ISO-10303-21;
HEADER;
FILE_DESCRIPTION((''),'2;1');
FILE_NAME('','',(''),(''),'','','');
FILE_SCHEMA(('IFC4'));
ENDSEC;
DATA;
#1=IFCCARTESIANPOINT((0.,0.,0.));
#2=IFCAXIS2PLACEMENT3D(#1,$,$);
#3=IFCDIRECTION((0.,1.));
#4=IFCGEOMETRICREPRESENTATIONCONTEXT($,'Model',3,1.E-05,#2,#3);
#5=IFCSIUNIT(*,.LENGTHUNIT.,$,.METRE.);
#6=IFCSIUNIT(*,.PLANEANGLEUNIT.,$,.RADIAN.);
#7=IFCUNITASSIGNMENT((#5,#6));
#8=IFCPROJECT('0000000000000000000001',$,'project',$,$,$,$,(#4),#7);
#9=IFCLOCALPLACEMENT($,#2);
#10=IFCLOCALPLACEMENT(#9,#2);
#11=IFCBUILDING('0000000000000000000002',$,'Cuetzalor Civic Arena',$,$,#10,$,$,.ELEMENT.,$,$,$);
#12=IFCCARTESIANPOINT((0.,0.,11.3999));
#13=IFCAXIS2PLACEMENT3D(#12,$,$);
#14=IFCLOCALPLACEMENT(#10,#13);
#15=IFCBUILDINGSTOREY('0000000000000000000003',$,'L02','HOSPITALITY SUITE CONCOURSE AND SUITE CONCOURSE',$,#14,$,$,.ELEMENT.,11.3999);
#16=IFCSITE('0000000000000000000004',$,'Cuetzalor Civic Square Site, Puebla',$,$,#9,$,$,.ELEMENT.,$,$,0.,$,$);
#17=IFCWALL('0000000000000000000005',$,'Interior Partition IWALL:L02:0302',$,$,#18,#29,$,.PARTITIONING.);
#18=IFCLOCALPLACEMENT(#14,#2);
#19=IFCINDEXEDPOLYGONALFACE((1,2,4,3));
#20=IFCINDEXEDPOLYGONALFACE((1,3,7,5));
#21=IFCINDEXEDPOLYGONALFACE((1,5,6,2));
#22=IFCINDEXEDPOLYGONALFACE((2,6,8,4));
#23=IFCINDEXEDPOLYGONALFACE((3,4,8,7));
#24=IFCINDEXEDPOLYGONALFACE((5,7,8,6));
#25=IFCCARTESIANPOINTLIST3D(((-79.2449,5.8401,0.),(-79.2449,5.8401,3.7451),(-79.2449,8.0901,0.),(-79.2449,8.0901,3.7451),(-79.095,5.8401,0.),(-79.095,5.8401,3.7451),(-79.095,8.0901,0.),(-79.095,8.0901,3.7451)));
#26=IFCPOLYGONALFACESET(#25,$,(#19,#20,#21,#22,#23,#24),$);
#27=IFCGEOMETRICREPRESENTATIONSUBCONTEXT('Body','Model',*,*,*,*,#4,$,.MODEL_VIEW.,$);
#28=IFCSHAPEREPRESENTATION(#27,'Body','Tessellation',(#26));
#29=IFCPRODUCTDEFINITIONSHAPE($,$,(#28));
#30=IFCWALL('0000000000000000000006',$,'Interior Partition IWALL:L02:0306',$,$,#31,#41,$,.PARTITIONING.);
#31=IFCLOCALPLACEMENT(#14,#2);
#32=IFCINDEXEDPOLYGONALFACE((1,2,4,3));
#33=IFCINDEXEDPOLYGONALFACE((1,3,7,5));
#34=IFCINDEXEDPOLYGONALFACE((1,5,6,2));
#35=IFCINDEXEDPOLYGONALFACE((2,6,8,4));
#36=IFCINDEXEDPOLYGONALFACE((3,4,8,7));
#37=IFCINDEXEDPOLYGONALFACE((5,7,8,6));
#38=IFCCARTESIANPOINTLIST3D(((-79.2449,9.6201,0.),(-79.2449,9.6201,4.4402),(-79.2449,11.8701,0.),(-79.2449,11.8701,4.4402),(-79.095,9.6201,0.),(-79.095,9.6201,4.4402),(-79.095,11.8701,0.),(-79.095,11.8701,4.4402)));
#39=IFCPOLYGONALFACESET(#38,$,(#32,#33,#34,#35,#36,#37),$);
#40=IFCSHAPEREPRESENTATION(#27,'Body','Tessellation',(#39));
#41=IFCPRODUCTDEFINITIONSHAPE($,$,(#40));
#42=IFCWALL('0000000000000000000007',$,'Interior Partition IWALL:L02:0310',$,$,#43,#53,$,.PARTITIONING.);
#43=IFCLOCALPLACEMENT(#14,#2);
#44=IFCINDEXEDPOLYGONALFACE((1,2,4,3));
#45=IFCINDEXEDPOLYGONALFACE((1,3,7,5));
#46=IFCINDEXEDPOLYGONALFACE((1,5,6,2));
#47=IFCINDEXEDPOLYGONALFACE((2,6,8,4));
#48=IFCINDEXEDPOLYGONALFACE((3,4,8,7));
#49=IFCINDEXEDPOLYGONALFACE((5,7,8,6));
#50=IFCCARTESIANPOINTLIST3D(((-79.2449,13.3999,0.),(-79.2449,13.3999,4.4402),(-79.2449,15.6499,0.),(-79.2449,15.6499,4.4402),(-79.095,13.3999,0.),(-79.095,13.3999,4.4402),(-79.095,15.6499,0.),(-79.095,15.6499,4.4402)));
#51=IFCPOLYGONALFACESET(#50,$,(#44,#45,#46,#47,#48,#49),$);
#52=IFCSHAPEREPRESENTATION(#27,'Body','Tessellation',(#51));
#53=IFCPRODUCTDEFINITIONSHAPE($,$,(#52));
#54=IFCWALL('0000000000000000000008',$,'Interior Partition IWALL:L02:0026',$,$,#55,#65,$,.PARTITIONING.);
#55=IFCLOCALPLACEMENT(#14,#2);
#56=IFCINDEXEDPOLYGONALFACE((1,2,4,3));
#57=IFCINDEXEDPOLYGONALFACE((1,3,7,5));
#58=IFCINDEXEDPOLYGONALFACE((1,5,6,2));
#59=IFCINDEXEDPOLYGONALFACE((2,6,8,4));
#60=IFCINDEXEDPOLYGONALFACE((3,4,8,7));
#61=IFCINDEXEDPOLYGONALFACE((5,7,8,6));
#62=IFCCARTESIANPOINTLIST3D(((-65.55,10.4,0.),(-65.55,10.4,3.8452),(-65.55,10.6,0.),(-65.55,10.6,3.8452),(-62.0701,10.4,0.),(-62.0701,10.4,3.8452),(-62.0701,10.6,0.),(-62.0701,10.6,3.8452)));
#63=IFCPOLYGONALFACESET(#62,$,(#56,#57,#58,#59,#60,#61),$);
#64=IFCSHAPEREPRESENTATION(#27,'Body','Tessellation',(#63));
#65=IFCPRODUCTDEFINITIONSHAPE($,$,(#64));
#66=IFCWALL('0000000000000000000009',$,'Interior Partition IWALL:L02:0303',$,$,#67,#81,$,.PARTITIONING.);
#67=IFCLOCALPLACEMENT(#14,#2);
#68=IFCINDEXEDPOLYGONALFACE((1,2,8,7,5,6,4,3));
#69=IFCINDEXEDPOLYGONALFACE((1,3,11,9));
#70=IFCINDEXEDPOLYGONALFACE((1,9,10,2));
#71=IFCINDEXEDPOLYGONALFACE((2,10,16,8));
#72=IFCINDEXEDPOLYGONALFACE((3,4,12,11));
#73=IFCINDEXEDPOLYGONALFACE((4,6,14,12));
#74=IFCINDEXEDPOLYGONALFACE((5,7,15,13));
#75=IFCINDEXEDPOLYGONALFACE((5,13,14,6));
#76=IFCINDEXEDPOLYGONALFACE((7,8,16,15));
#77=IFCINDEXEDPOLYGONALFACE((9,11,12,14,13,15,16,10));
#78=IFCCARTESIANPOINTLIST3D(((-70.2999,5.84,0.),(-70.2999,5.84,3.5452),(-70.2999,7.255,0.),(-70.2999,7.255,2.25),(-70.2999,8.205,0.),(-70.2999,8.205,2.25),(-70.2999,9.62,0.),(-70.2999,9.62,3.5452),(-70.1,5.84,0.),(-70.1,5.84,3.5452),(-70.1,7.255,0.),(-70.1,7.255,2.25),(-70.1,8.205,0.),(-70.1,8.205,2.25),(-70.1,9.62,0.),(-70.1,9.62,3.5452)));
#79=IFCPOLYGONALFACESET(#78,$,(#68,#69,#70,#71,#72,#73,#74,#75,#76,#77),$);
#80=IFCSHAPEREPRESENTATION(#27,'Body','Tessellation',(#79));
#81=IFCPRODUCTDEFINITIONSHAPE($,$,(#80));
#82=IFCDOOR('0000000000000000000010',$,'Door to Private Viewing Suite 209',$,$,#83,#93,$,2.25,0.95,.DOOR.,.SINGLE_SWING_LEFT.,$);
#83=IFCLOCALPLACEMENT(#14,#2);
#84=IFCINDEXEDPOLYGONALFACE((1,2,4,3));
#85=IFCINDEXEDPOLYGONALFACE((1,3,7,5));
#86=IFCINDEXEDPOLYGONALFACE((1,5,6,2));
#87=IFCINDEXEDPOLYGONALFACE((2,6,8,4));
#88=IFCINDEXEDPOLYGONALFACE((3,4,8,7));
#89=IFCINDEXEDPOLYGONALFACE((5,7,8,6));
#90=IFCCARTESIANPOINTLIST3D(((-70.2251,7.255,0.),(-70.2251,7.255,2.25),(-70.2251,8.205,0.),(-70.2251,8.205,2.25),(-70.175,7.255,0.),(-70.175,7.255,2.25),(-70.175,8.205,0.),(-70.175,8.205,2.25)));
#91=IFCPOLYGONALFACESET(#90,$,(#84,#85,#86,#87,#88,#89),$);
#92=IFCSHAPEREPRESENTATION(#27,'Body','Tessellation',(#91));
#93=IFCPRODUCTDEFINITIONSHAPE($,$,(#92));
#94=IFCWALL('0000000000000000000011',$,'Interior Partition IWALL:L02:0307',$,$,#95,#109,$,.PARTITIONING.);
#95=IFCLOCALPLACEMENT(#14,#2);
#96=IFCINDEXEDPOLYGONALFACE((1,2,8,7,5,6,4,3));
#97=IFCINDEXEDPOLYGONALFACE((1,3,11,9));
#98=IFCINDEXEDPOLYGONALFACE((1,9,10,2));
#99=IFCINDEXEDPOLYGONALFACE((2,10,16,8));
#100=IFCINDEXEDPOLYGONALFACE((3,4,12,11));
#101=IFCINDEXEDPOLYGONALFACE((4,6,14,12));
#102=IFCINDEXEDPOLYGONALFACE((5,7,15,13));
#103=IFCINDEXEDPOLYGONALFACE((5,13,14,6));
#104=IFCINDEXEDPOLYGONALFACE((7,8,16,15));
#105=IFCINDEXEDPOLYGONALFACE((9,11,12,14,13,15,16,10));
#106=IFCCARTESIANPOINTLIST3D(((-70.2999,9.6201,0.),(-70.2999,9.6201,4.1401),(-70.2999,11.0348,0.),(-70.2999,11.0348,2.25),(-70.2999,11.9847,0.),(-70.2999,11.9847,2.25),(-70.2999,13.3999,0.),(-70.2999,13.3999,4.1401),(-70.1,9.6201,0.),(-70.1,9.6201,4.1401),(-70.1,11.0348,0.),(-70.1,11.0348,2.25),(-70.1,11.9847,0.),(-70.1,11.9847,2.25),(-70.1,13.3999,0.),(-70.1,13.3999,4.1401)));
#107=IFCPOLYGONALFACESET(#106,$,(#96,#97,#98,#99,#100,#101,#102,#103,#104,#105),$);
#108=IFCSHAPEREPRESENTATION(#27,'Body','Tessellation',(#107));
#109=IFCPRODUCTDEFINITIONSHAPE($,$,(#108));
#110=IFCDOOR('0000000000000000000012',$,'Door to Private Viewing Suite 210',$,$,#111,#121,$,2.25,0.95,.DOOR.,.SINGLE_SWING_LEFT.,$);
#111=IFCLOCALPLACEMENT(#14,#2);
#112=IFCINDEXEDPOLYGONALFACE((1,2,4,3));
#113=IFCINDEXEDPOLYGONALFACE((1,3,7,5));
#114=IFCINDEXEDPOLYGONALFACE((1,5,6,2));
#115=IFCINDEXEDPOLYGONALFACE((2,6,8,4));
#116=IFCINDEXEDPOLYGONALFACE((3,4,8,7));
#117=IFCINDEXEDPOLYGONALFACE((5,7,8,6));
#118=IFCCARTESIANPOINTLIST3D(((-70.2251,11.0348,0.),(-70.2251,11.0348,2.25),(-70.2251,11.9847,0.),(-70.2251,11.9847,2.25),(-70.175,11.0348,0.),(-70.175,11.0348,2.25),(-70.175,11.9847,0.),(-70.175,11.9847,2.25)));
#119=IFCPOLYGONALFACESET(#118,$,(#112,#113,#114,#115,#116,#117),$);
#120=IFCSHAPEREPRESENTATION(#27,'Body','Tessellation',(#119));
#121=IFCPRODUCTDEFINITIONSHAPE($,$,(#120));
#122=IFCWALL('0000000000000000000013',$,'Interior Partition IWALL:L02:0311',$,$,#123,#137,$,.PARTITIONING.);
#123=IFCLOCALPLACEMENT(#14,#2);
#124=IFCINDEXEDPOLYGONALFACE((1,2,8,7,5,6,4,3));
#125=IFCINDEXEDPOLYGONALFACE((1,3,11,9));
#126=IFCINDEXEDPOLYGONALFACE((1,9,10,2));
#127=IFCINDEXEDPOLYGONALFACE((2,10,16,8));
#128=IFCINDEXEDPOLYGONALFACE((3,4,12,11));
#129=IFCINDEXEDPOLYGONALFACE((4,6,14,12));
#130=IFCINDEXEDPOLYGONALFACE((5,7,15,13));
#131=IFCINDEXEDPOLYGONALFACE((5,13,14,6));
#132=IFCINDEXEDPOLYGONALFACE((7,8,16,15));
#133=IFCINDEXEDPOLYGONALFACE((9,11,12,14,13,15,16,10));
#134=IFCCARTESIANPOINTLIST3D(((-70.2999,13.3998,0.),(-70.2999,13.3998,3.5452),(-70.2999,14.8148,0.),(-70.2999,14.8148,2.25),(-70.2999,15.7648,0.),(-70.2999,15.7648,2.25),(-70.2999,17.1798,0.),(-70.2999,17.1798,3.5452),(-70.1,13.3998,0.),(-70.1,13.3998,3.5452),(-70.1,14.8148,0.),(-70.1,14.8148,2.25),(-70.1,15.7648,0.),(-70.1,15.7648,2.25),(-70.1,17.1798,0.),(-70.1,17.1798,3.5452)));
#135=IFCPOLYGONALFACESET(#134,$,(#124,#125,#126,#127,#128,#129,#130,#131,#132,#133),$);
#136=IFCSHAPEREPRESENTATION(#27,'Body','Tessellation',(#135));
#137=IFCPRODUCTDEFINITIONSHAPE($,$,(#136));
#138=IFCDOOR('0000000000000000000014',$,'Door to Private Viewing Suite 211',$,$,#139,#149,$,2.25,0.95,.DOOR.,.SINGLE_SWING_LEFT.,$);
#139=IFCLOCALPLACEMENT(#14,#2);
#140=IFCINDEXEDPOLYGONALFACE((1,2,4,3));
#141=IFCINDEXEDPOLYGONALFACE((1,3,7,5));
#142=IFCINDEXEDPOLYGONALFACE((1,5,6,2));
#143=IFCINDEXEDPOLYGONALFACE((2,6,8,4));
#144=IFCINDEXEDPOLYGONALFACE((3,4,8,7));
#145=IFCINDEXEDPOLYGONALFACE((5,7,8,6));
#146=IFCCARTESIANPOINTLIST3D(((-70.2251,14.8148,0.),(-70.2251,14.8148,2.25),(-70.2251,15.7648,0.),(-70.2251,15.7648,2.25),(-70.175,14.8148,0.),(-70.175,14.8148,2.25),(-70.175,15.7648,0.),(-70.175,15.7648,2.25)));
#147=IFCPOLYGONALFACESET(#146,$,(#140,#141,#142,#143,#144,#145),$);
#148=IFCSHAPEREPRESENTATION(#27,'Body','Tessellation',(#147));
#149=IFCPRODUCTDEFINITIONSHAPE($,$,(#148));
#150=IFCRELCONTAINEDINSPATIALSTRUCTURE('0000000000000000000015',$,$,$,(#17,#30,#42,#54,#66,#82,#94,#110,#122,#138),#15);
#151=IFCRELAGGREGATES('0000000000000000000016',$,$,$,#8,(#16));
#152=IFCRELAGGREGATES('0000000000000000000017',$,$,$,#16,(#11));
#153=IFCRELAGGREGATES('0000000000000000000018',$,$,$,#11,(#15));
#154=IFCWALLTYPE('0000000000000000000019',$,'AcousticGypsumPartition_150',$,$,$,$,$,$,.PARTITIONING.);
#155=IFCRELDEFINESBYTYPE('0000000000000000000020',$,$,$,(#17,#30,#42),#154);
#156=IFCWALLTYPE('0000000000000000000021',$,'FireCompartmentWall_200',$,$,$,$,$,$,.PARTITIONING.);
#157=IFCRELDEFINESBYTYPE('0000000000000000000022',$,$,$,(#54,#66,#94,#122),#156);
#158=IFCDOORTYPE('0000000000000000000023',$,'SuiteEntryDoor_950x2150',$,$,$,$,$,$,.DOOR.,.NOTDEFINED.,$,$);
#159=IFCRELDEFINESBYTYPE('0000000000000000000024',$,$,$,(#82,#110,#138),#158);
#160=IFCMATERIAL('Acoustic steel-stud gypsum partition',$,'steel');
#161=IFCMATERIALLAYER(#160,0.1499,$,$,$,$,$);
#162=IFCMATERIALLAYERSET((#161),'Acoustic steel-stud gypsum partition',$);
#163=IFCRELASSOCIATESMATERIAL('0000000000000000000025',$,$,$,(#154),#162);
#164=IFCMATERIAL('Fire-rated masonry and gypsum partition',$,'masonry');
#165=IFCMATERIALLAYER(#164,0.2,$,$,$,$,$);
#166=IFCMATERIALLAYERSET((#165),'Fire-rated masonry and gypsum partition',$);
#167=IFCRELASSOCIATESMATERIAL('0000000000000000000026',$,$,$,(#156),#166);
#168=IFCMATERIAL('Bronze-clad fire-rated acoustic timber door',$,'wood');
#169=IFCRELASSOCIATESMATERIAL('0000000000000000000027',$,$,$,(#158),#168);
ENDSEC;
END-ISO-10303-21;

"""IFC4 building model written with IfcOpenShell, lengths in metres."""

from ifc_helpers import new_model, si_unit, direction, frame, frame_2d, origin, place, context, subcontext, project, spatial, rectangle, extrude, material, layer, layer_set, type_object, element, fill, save


model = new_model("IFC4")

# Units and contexts
model_context = context("Model", 3, precision=1e-05, world=origin(), true_north=direction((0.0, 1.0)))
body_context = subcontext(model_context, "Body", "Model", "MODEL_VIEW")
ifc_project = project(units=[si_unit("LENGTHUNIT", "METRE"), si_unit("PLANEANGLEUNIT", "RADIAN")], contexts=[model_context])

# Site, building, storey
site_placement = place(None, origin())
site = spatial("IfcSite", under=ifc_project, at=site_placement, Name="Cuetzalor Civic Square Site, Puebla", CompositionType="ELEMENT", RefElevation=0.0)
building_placement = place(site_placement, origin())
building = spatial("IfcBuilding", under=site, at=building_placement, Name="Cuetzalor Civic Arena", CompositionType="ELEMENT")
storey_placement = place(building_placement, frame((0.0, 0.0, 11.3999)))
storey = spatial("IfcBuildingStorey", under=building, at=storey_placement, Name="L02", Description="HOSPITALITY SUITE CONCOURSE AND SUITE CONCOURSE", CompositionType="ELEMENT", Elevation=11.3999)

# Walls
ifc_material_1 = material(Name="Acoustic steel-stud gypsum partition", Category="steel")
ifc_layer_1 = layer(ifc_material_1, 0.1499)
ifc_layer_set_1 = layer_set([ifc_layer_1], Name="Acoustic steel-stud gypsum partition")
wall_type_1 = type_object("IfcWallType", Name="AcousticGypsumPartition_150", PredefinedType="PARTITIONING", material=ifc_layer_set_1)
wall_1_placement = place(storey_placement, frame((-79.1699, 8.0901, 0.0), z_axis=(0.0, 0.0, 1.0), x_axis=(0.0, -1.0, 0.0)))
element("IfcWall", 1, at=wall_1_placement, inside=storey, type_object=wall_type_1, Name="Interior Partition IWALL:L02:0302", PredefinedType="PARTITIONING", context=body_context, shape_type="SweptSolid", body=[
    extrude(rectangle(XDim=2.25, YDim=0.1499, at=frame_2d((1.125, 0.0))), origin(), (0.0, 0.0, 1.0), 3.7451),
])
for number, where, z_axis, x_axis, name in (
    (2, (-79.1699, 11.8701, 0.0), (0.0, 0.0, 1.0), (0.0, -1.0, 0.0), "Interior Partition IWALL:L02:0306"),
    (3, (-79.1699, 15.6499, 0.0), (0.0, 0.0, 1.0), (0.0, -1.0, 0.0), "Interior Partition IWALL:L02:0310"),
):
    element("IfcWall", number, at=place(storey_placement, frame(where, z_axis=z_axis, x_axis=x_axis)), inside=storey, type_object=wall_type_1, Name=name, PredefinedType="PARTITIONING", context=body_context, shape_type="SweptSolid", body=[
        extrude(rectangle(XDim=2.25, YDim=0.1499, at=frame_2d((1.125, 0.0))), origin(), (0.0, 0.0, 1.0), 4.4402),
    ])
ifc_material_2 = material(Name="Fire-rated masonry and gypsum partition", Category="masonry")
ifc_layer_2 = layer(ifc_material_2, 0.2)
ifc_layer_set_2 = layer_set([ifc_layer_2], Name="Fire-rated masonry and gypsum partition")
wall_type_2 = type_object("IfcWallType", Name="FireCompartmentWall_200", PredefinedType="PARTITIONING", material=ifc_layer_set_2)
wall_2_placement = place(storey_placement, frame((-65.55, 10.5, 0.0), z_axis=(0.0, 0.0, 1.0), x_axis=(1.0, 0.0, 0.0)))
element("IfcWall", 4, at=wall_2_placement, inside=storey, type_object=wall_type_2, Name="Interior Partition IWALL:L02:0026", PredefinedType="PARTITIONING", context=body_context, shape_type="SweptSolid", body=[
    extrude(rectangle(XDim=3.48, YDim=0.2, at=frame_2d((1.74, 0.0))), origin(), (0.0, 0.0, 1.0), 3.8452),
])

# Walls, openings, doors
wall_3_placement = place(storey_placement, frame((-70.2, 9.6201, 0.0), z_axis=(0.0, 0.0, 1.0), x_axis=(0.0, -1.0, 0.0)))
wall_3 = element("IfcWall", 5, at=wall_3_placement, inside=storey, type_object=wall_type_2, Name="Interior Partition IWALL:L02:0303", PredefinedType="PARTITIONING", context=body_context, shape_type="SweptSolid", body=[
    extrude(rectangle(XDim=3.78, YDim=0.2, at=frame_2d((1.8901, 0.0))), origin(), (0.0, 0.0, 1.0), 3.5452),
])
opening_1_placement = place(wall_3_placement, frame((1.415, 0.0, 0.0)))
opening_1 = element("IfcOpeningElement", 6, at=opening_1_placement, cuts=wall_3, PredefinedType="OPENING", context=body_context, shape_type="SweptSolid", body=[
    extrude(rectangle(XDim=0.95, YDim=2.25, at=frame_2d((0.4751, 1.125))), frame((0.0, 0.1099, 0.0), z_axis=(0.0, -1.0, 0.0), x_axis=(1.0, 0.0, 0.0)), (0.0, 0.0, 1.0), 0.22),
])
ifc_material_3 = material(Name="Bronze-clad fire-rated acoustic timber door", Category="wood")
door_type = type_object("IfcDoorType", Name="SuiteEntryDoor_950x2150", OperationType="NOTDEFINED", PredefinedType="DOOR", material=ifc_material_3)
door_1_placement = place(opening_1_placement, origin())
door_1 = element("IfcDoor", 7, at=door_1_placement, inside=storey, type_object=door_type, Name="Door to Private Viewing Suite 209", OperationType="SINGLE_SWING_LEFT", OverallHeight=2.25, OverallWidth=0.95, PredefinedType="DOOR", context=body_context, shape_type="SweptSolid", body=[
    extrude(rectangle(XDim=0.95, YDim=2.25, at=frame_2d((0.4751, 1.125))), frame((0.0, 0.0249, 0.0), z_axis=(0.0, -1.0, 0.0), x_axis=(1.0, 0.0, 0.0)), (0.0, 0.0, 1.0), 0.05),
])
fill(opening_1, door_1)
wall_4_placement = place(storey_placement, frame((-70.2, 13.3999, 0.0), z_axis=(0.0, 0.0, 1.0), x_axis=(0.0, -1.0, 0.0)))
wall_4 = element("IfcWall", 8, at=wall_4_placement, inside=storey, type_object=wall_type_2, Name="Interior Partition IWALL:L02:0307", PredefinedType="PARTITIONING", context=body_context, shape_type="SweptSolid", body=[
    extrude(rectangle(XDim=3.7798, YDim=0.2, at=frame_2d((1.8899, 0.0))), origin(), (0.0, 0.0, 1.0), 4.1401),
])
opening_2_placement = place(wall_4_placement, frame((1.415, 0.0, 0.0)))
opening_2 = element("IfcOpeningElement", 9, at=opening_2_placement, cuts=wall_4, PredefinedType="OPENING", context=body_context, shape_type="SweptSolid", body=[
    extrude(rectangle(XDim=0.95, YDim=2.25, at=frame_2d((0.4751, 1.125))), frame((0.0, 0.1099, 0.0), z_axis=(0.0, -1.0, 0.0), x_axis=(1.0, 0.0, 0.0)), (0.0, 0.0, 1.0), 0.22),
])
door_2_placement = place(opening_2_placement, origin())
door_2 = element("IfcDoor", 10, at=door_2_placement, inside=storey, type_object=door_type, Name="Door to Private Viewing Suite 210", OperationType="SINGLE_SWING_LEFT", OverallHeight=2.25, OverallWidth=0.95, PredefinedType="DOOR", context=body_context, shape_type="SweptSolid", body=[
    extrude(rectangle(XDim=0.95, YDim=2.25, at=frame_2d((0.4751, 1.125))), frame((0.0, 0.0249, 0.0), z_axis=(0.0, -1.0, 0.0), x_axis=(1.0, 0.0, 0.0)), (0.0, 0.0, 1.0), 0.05),
])
fill(opening_2, door_2)
wall_5_placement = place(storey_placement, frame((-70.2, 17.1799, 0.0), z_axis=(0.0, 0.0, 1.0), x_axis=(0.0, -1.0, 0.0)))
wall_5 = element("IfcWall", 11, at=wall_5_placement, inside=storey, type_object=wall_type_2, Name="Interior Partition IWALL:L02:0311", PredefinedType="PARTITIONING", context=body_context, shape_type="SweptSolid", body=[
    extrude(rectangle(XDim=3.78, YDim=0.2, at=frame_2d((1.8901, 0.0))), origin(), (0.0, 0.0, 1.0), 3.5452),
])
opening_3_placement = place(wall_5_placement, frame((1.415, 0.0, 0.0)))
opening_3 = element("IfcOpeningElement", 12, at=opening_3_placement, cuts=wall_5, PredefinedType="OPENING", context=body_context, shape_type="SweptSolid", body=[
    extrude(rectangle(XDim=0.95, YDim=2.25, at=frame_2d((0.4751, 1.125))), frame((0.0, 0.1099, 0.0), z_axis=(0.0, -1.0, 0.0), x_axis=(1.0, 0.0, 0.0)), (0.0, 0.0, 1.0), 0.22),
])
door_3_placement = place(opening_3_placement, origin())
door_3 = element("IfcDoor", 13, at=door_3_placement, inside=storey, type_object=door_type, Name="Door to Private Viewing Suite 211", OperationType="SINGLE_SWING_LEFT", OverallHeight=2.25, OverallWidth=0.95, PredefinedType="DOOR", context=body_context, shape_type="SweptSolid", body=[
    extrude(rectangle(XDim=0.95, YDim=2.25, at=frame_2d((0.4751, 1.125))), frame((0.0, 0.0249, 0.0), z_axis=(0.0, -1.0, 0.0), x_axis=(1.0, 0.0, 0.0)), (0.0, 0.0, 1.0), 0.05),
])
fill(opening_3, door_3)

save(model, "model.ifc")
